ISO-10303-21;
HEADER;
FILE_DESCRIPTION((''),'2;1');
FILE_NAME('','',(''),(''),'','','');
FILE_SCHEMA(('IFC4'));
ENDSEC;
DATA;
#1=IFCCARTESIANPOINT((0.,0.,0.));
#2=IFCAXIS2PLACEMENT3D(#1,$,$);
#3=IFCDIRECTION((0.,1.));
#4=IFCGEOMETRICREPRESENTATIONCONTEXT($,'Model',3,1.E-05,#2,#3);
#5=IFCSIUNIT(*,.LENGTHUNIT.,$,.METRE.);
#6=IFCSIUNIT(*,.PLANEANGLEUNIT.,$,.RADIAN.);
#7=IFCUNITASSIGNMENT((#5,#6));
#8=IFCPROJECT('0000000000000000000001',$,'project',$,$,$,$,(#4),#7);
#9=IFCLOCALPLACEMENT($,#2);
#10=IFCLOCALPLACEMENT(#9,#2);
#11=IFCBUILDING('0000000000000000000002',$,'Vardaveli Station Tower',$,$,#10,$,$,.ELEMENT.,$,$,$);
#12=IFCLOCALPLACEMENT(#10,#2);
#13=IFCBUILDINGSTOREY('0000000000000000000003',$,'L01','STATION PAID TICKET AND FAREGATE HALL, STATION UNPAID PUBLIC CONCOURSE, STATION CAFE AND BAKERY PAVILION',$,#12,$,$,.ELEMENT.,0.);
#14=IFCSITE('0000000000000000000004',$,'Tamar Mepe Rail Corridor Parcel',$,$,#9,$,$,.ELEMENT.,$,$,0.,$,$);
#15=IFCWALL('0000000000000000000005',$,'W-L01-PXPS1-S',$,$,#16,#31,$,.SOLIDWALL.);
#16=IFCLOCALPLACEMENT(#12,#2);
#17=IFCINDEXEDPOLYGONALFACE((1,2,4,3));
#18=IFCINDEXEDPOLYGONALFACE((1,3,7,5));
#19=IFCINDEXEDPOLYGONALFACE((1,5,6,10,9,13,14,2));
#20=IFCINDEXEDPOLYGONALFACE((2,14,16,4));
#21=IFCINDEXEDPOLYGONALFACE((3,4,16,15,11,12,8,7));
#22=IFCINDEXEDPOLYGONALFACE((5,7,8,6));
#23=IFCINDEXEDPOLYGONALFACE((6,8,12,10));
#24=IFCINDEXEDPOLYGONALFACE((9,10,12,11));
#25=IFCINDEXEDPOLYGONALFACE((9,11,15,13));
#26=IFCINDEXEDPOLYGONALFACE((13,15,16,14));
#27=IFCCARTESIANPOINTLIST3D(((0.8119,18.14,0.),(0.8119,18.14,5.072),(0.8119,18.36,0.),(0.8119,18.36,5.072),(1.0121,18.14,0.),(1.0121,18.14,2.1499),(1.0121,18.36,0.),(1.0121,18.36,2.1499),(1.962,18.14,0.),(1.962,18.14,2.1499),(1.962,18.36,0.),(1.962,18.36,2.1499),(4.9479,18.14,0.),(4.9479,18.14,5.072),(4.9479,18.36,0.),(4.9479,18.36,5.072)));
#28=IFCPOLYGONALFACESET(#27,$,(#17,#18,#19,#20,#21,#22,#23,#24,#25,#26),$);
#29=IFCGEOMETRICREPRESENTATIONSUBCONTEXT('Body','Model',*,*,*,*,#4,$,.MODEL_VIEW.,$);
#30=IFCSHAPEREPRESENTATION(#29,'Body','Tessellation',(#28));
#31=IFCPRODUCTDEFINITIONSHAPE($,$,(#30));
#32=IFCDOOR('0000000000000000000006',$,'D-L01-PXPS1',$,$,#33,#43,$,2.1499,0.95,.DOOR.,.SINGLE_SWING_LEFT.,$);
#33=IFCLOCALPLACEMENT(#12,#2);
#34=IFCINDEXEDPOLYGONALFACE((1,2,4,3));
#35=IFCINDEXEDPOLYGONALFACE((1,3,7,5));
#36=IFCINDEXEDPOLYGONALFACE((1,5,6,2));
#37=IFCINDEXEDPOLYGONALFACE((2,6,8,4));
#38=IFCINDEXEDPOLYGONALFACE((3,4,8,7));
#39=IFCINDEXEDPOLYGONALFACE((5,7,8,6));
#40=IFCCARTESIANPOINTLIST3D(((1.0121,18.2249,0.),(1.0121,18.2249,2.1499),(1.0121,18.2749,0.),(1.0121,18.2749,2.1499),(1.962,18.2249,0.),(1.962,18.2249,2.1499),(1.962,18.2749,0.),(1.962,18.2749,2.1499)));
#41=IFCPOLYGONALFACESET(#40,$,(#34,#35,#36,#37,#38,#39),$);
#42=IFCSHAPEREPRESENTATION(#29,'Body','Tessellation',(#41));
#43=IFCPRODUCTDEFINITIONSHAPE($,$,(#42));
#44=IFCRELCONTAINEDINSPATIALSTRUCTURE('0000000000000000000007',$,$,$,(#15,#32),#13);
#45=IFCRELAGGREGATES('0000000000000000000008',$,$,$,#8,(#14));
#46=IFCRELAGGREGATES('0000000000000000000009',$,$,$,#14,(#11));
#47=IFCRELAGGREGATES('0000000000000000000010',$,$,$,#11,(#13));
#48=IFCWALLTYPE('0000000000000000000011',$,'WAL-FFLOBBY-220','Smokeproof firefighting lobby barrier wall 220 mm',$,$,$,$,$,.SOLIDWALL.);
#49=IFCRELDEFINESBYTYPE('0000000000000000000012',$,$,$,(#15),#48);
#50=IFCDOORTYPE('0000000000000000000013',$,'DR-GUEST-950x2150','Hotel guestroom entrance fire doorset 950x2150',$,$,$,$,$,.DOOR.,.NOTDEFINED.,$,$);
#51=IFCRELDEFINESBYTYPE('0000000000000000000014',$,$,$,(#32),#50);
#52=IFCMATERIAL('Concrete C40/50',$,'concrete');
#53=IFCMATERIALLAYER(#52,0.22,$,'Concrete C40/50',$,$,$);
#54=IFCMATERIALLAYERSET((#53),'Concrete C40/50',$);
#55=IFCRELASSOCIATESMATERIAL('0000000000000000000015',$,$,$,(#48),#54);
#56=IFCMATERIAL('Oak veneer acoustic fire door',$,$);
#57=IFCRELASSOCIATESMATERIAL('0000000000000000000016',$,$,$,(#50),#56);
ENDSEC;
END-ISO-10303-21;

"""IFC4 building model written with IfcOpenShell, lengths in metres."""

from ifc_helpers import new_model, si_unit, direction, frame, frame_2d, origin, place, context, subcontext, project, spatial, rectangle, extrude, source, transform, mapped, material, layer, layer_set, type_object, element, fill, save


model = new_model("IFC4")

# Units and contexts
model_context = context("Model", 3, precision=1e-05, world=origin(), true_north=direction((0.0, 1.0)))
body_context = subcontext(model_context, "Body", "Model", "MODEL_VIEW")
ifc_project = project(units=[si_unit("LENGTHUNIT", "METRE"), si_unit("PLANEANGLEUNIT", "RADIAN")], contexts=[model_context])

# Site, building, storey
site_placement = place(None, origin())
site = spatial("IfcSite", under=ifc_project, at=site_placement, Name="Tamar Mepe Rail Corridor Parcel", CompositionType="ELEMENT", RefElevation=0.0)
building_placement = place(site_placement, origin())
building = spatial("IfcBuilding", under=site, at=building_placement, Name="Vardaveli Station Tower", CompositionType="ELEMENT")
storey_placement = place(building_placement, origin())
storey = spatial("IfcBuildingStorey", under=building, at=storey_placement, Name="L01", Description="STATION PAID TICKET AND FAREGATE HALL, STATION UNPAID PUBLIC CONCOURSE, STATION CAFE AND BAKERY PAVILION", CompositionType="ELEMENT", Elevation=0.0)

# Shared definitions
ifc_material_1 = material(Name="Concrete C40/50", Category="concrete")

# Wall, opening, door
ifc_layer_1 = layer(ifc_material_1, 0.22, Name="Concrete C40/50")
ifc_layer_set_1 = layer_set([ifc_layer_1], Name="Concrete C40/50")
wall_type_1 = type_object("IfcWallType", Name="WAL-FFLOBBY-220", Description="Smokeproof firefighting lobby barrier wall 220 mm", PredefinedType="SOLIDWALL", material=ifc_layer_set_1)
shared_shape_1 = source(origin(), body_context, "Body", "SweptSolid", [
    extrude(rectangle(XDim=4.136, YDim=0.22, at=frame_2d((2.0679, 0.0))), origin(), (0.0, 0.0, 1.0), 5.072),
])
wall_1_placement = place(storey_placement, frame((0.812, 18.25, 0.0), z_axis=(0.0, 0.0, 1.0), x_axis=(1.0, 0.0, 0.0)))
wall_1 = element("IfcWall", 1, at=wall_1_placement, inside=storey, type_object=wall_type_1, Name="W-L01-PXPS1-S", PredefinedType="SOLIDWALL", context=body_context, shape_type="MappedRepresentation", body=[
    mapped(shared_shape_1, transform((0.0, 0.0, 0.0), scale=1.0)),
])
shared_shape_2 = source(origin(), body_context, "Body", "SweptSolid", [
    extrude(rectangle(XDim=0.95, YDim=2.1499, at=frame_2d((0.4751, 1.075))), frame((0.0, 0.1201, 0.0), z_axis=(0.0, -1.0, 0.0), x_axis=(1.0, 0.0, 0.0)), (0.0, 0.0, 1.0), 0.24),
])
opening_1_placement = place(wall_1_placement, frame((0.2, 0.0, 0.0)))
opening_1 = element("IfcOpeningElement", 2, at=opening_1_placement, cuts=wall_1, PredefinedType="OPENING", context=body_context, shape_type="MappedRepresentation", body=[
    mapped(shared_shape_2, transform((0.0, 0.0, 0.0), scale=1.0)),
])
ifc_material_2 = material(Name="Oak veneer acoustic fire door")
door_type_1 = type_object("IfcDoorType", Name="DR-GUEST-950x2150", Description="Hotel guestroom entrance fire doorset 950x2150", OperationType="NOTDEFINED", PredefinedType="DOOR", material=ifc_material_2)
shared_shape_3 = source(origin(), body_context, "Body", "SweptSolid", [
    extrude(rectangle(XDim=0.95, YDim=2.1499, at=frame_2d((0.4751, 1.075))), frame((0.0, 0.0249, 0.0), z_axis=(0.0, -1.0, 0.0), x_axis=(1.0, 0.0, 0.0)), (0.0, 0.0, 1.0), 0.05),
])
door_1_placement = place(opening_1_placement, origin())
door_1 = element("IfcDoor", 3, at=door_1_placement, inside=storey, type_object=door_type_1, Name="D-L01-PXPS1", OperationType="SINGLE_SWING_LEFT", OverallHeight=2.1499, OverallWidth=0.95, PredefinedType="DOOR", context=body_context, shape_type="MappedRepresentation", body=[
    mapped(shared_shape_3, transform((0.0, 0.0, 0.0), scale=1.0)),
])
fill(opening_1, door_1)

save(model, "model.ifc")
